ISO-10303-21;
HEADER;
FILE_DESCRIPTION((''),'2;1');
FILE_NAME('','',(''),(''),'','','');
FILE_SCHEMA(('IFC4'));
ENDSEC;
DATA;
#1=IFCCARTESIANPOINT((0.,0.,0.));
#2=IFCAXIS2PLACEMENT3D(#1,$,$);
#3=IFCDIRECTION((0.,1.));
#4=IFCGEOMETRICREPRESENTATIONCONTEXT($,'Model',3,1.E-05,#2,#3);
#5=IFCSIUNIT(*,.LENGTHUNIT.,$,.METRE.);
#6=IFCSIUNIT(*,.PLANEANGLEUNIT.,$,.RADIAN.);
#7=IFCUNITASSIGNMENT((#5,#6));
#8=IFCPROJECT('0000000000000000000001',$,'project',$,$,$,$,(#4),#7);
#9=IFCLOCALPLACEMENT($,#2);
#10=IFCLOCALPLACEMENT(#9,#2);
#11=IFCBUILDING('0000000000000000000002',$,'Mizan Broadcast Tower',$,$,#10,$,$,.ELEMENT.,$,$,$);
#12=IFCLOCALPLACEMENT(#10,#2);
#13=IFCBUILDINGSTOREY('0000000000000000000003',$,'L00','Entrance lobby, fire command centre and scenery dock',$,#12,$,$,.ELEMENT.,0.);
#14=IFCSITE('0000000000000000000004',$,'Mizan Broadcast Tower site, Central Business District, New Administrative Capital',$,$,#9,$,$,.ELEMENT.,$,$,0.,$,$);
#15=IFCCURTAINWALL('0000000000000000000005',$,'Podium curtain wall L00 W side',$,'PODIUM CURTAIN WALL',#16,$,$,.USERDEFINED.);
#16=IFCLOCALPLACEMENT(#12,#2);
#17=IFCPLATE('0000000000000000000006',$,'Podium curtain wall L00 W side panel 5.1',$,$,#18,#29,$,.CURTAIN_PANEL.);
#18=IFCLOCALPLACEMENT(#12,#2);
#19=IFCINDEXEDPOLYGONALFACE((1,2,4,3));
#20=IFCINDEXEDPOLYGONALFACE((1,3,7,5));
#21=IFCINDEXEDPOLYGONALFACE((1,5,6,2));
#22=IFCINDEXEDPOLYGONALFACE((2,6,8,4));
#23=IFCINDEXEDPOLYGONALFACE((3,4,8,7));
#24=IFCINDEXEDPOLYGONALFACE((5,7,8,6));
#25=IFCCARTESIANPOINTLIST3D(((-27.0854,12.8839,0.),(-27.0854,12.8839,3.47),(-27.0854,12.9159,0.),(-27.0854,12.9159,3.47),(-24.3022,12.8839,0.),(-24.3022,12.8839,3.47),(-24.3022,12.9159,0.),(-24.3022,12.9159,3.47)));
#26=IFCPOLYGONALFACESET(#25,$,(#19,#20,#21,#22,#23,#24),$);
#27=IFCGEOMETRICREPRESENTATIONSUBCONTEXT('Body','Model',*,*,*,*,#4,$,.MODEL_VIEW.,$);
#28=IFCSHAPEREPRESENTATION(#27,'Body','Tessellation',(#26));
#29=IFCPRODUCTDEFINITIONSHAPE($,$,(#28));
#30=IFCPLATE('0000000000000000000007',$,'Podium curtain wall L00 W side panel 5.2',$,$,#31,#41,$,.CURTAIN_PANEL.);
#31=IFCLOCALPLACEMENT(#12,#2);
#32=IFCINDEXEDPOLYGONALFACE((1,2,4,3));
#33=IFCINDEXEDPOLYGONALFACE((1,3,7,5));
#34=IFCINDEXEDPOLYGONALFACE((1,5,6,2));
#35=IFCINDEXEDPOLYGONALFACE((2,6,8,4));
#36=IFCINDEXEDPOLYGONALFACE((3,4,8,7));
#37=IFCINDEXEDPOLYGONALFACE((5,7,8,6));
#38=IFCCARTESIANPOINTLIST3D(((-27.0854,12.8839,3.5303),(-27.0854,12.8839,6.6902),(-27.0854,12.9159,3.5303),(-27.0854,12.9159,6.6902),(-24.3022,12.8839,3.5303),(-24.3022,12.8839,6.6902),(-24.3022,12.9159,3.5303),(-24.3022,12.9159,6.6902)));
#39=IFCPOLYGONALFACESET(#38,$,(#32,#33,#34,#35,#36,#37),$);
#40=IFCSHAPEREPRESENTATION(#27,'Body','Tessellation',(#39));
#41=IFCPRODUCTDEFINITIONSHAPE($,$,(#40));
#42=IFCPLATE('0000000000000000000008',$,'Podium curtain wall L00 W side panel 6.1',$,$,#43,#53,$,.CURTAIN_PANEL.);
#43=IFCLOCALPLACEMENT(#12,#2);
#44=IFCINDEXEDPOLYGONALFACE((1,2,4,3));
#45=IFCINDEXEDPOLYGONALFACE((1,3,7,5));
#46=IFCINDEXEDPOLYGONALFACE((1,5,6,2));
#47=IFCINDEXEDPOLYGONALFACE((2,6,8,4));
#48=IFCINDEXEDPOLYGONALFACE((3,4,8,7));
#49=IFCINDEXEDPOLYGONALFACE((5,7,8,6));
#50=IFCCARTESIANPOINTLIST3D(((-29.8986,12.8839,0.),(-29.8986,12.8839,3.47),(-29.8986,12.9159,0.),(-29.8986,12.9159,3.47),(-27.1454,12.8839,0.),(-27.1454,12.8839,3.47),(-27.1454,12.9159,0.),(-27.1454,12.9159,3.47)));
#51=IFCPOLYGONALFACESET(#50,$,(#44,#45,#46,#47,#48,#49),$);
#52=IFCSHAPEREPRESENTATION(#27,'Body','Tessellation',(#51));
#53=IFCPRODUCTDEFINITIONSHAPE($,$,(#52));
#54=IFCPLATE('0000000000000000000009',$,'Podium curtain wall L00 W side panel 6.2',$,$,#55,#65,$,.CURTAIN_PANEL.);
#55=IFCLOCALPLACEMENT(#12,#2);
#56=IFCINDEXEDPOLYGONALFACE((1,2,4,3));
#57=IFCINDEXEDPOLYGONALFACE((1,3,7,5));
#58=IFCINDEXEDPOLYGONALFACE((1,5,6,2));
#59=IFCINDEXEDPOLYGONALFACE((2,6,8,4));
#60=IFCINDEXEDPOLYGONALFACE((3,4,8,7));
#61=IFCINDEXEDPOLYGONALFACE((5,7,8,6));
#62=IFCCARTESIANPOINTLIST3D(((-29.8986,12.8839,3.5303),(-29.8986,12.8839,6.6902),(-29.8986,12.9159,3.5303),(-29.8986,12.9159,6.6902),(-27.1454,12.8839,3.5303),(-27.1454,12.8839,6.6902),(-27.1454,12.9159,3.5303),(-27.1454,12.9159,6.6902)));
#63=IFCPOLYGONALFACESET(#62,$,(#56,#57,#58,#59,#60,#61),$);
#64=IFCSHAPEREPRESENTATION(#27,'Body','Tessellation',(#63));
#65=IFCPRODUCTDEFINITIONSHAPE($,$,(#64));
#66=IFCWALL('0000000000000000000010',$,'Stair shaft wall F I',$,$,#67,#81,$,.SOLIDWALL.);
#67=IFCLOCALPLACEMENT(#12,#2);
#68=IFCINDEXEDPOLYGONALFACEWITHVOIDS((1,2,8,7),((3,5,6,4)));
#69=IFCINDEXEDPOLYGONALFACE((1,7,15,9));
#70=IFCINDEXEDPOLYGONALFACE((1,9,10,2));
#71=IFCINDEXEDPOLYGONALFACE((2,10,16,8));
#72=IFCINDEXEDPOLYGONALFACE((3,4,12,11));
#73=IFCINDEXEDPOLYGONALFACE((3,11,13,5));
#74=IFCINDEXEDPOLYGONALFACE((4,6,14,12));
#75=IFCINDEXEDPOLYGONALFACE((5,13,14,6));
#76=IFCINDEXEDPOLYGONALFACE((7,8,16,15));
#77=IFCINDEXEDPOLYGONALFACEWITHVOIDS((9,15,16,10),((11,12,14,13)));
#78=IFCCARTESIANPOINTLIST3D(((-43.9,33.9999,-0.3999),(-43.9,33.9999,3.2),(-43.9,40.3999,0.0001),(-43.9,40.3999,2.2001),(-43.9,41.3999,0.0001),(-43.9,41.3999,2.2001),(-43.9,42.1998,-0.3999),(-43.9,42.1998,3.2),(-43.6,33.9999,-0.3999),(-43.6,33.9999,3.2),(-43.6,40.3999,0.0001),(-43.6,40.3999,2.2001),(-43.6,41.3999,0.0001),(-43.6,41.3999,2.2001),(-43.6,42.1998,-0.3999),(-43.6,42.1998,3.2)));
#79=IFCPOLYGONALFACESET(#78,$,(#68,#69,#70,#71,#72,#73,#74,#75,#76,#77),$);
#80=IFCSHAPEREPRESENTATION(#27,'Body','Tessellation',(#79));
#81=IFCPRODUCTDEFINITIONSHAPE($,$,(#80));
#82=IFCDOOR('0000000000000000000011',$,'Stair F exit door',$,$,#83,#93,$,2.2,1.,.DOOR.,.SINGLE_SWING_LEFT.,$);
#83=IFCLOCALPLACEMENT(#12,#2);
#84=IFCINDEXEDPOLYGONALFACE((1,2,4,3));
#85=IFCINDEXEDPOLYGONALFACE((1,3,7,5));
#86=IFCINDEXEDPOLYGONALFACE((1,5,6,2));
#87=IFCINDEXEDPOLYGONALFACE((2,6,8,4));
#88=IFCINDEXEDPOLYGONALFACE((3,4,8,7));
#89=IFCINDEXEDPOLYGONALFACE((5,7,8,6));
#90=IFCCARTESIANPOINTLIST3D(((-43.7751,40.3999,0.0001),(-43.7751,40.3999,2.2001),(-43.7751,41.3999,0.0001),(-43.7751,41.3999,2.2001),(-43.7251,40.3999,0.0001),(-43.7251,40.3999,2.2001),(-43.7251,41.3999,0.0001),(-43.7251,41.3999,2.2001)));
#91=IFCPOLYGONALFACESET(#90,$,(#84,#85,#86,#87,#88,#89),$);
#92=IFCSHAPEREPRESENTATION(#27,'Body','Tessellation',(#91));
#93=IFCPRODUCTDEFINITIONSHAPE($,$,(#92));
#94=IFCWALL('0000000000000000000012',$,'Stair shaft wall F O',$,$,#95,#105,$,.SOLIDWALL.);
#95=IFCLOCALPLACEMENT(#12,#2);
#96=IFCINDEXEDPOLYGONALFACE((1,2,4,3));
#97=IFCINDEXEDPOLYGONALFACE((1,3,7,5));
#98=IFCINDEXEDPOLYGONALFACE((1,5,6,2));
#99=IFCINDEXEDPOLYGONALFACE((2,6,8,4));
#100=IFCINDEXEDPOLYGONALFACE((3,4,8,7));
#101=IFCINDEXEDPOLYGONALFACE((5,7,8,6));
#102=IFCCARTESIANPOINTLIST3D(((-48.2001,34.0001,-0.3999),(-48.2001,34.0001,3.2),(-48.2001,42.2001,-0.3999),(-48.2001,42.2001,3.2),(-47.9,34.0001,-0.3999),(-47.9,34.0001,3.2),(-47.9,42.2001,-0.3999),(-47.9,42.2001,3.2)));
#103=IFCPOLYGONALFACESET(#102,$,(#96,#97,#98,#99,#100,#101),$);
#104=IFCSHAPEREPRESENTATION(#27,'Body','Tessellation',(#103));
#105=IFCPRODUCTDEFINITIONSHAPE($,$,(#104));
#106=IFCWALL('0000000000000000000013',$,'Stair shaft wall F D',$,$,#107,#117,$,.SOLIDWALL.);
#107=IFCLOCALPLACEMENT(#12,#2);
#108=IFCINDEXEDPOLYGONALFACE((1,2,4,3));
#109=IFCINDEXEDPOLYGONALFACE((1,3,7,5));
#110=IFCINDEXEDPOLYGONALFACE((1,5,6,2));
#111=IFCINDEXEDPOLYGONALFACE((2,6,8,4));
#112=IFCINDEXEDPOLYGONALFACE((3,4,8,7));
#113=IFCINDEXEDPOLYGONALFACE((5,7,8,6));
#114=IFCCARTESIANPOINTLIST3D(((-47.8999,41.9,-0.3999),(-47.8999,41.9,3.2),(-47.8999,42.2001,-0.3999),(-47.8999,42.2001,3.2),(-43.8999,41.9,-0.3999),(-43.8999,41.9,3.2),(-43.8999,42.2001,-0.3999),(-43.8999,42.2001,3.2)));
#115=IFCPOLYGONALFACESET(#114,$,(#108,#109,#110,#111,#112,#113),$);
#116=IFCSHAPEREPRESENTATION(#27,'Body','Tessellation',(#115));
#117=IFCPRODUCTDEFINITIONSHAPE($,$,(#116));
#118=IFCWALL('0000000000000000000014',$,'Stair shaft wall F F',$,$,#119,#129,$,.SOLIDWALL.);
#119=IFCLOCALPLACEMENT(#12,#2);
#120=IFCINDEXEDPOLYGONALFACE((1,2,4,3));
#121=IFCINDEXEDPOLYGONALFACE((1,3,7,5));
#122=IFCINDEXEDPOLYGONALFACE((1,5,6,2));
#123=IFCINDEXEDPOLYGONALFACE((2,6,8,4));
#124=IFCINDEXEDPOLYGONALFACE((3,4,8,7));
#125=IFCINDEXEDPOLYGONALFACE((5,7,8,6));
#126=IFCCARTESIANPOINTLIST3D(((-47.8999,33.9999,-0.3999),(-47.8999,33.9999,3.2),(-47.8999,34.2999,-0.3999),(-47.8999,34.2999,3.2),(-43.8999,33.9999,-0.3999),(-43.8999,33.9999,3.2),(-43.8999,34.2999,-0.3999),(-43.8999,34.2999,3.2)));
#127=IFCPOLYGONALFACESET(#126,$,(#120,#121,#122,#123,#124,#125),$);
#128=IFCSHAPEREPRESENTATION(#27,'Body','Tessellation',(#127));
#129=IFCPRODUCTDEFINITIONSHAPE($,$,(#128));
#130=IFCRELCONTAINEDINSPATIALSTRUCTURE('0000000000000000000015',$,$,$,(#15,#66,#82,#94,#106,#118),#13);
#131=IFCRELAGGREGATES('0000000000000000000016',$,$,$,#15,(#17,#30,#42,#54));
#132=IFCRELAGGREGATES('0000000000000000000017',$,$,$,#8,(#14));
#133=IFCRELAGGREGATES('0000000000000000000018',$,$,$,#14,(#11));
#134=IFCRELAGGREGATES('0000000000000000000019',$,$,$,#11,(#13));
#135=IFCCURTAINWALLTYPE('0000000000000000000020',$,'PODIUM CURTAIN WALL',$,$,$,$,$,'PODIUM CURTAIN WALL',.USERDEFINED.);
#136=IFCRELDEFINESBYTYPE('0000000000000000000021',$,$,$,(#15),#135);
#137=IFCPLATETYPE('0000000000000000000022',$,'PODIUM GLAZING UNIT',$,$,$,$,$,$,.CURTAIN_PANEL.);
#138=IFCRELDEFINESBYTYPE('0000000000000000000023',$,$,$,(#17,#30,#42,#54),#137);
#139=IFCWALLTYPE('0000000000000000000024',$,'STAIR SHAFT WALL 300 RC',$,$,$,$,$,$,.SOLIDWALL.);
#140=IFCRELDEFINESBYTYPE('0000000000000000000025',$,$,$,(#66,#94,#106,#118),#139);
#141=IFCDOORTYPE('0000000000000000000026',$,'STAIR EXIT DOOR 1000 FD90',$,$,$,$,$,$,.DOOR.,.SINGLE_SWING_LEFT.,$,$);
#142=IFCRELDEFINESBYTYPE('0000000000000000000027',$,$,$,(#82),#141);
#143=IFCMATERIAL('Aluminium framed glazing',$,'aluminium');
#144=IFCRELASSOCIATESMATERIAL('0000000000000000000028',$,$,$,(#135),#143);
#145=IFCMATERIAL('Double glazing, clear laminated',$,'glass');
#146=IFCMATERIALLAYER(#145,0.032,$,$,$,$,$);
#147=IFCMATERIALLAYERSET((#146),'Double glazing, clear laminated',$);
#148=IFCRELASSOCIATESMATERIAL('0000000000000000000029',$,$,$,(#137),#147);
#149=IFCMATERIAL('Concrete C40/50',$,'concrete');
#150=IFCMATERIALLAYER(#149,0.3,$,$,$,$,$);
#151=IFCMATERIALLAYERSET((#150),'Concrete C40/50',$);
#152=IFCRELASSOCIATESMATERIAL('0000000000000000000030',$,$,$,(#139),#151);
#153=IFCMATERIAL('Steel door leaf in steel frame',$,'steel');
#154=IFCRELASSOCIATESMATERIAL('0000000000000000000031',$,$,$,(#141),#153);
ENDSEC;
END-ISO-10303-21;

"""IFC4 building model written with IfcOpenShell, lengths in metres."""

from ifc_helpers import new_model, si_unit, direction, frame, frame_2d, origin, origin_2d, place, context, subcontext, project, spatial, rectangle, extrude, material, layer, layer_set, type_object, element, fill, aggregate, save


model = new_model("IFC4")

# Units and contexts
model_context = context("Model", 3, precision=1e-05, world=origin(), true_north=direction((0.0, 1.0)))
body_context = subcontext(model_context, "Body", "Model", "MODEL_VIEW")
ifc_project = project(units=[si_unit("LENGTHUNIT", "METRE"), si_unit("PLANEANGLEUNIT", "RADIAN")], contexts=[model_context])

# Site, building, storey
site_placement = place(None, origin())
site = spatial("IfcSite", under=ifc_project, at=site_placement, Name="Mizan Broadcast Tower site, Central Business District, New Administrative Capital", CompositionType="ELEMENT", RefElevation=0.0)
building_placement = place(site_placement, origin())
building = spatial("IfcBuilding", under=site, at=building_placement, Name="Mizan Broadcast Tower", CompositionType="ELEMENT")
storey_placement = place(building_placement, origin())
storey = spatial("IfcBuildingStorey", under=building, at=storey_placement, Name="L00", Description="Entrance lobby, fire command centre and scenery dock", CompositionType="ELEMENT", Elevation=0.0)

# Shared definitions
ifc_material_1 = material(Name="Aluminium framed glazing", Category="aluminium")
curtain_wall_type = type_object("IfcCurtainWallType", Name="PODIUM CURTAIN WALL", ElementType="PODIUM CURTAIN WALL", PredefinedType="USERDEFINED", material=ifc_material_1)

# Curtain wall
curtain_wall_1_placement = place(storey_placement, origin())
curtain_wall_1 = element("IfcCurtainWall", 1, at=curtain_wall_1_placement, inside=storey, type_object=curtain_wall_type, Name="Podium curtain wall L00 W side", ObjectType="PODIUM CURTAIN WALL", PredefinedType="USERDEFINED")

# Plates
ifc_material_2 = material(Name="Double glazing, clear laminated", Category="glass")
ifc_layer_1 = layer(ifc_material_2, 0.032)
ifc_layer_set_1 = layer_set([ifc_layer_1], Name="Double glazing, clear laminated")
plate_type = type_object("IfcPlateType", Name="PODIUM GLAZING UNIT", PredefinedType="CURTAIN_PANEL", material=ifc_layer_set_1)
plate_1_placement = place(storey_placement, frame((-25.6938, 12.8999, 0.0), z_axis=(0.0, 0.0, 1.0), x_axis=(-1.0, 0.0, 0.0)))
plate_1 = element("IfcPlate", 2, at=plate_1_placement, type_object=plate_type, Name="Podium curtain wall L00 W side panel 5.1", PredefinedType="CURTAIN_PANEL", context=body_context, shape_type="SweptSolid", body=[
    extrude(rectangle(XDim=2.7832, YDim=0.032, at=origin_2d()), origin(), (0.0, 0.0, 1.0), 3.47),
])
plate_2_placement = place(storey_placement, frame((-25.6938, 12.8999, 3.5303), z_axis=(0.0, 0.0, 1.0), x_axis=(-1.0, 0.0, 0.0)))
plate_2 = element("IfcPlate", 3, at=plate_2_placement, type_object=plate_type, Name="Podium curtain wall L00 W side panel 5.2", PredefinedType="CURTAIN_PANEL", context=body_context, shape_type="SweptSolid", body=[
    extrude(rectangle(XDim=2.7832, YDim=0.032, at=origin_2d()), origin(), (0.0, 0.0, 1.0), 3.1599),
])
plate_3_placement = place(storey_placement, frame((-28.522, 12.8999, 0.0), z_axis=(0.0, 0.0, 1.0), x_axis=(-1.0, 0.0, 0.0)))
plate_3 = element("IfcPlate", 4, at=plate_3_placement, type_object=plate_type, Name="Podium curtain wall L00 W side panel 6.1", PredefinedType="CURTAIN_PANEL", context=body_context, shape_type="SweptSolid", body=[
    extrude(rectangle(XDim=2.7532, YDim=0.032, at=origin_2d()), origin(), (0.0, 0.0, 1.0), 3.47),
])
plate_4_placement = place(storey_placement, frame((-28.522, 12.8999, 3.5303), z_axis=(0.0, 0.0, 1.0), x_axis=(-1.0, 0.0, 0.0)))
plate_4 = element("IfcPlate", 5, at=plate_4_placement, type_object=plate_type, Name="Podium curtain wall L00 W side panel 6.2", PredefinedType="CURTAIN_PANEL", context=body_context, shape_type="SweptSolid", body=[
    extrude(rectangle(XDim=2.7532, YDim=0.032, at=origin_2d()), origin(), (0.0, 0.0, 1.0), 3.1599),
])
aggregate(curtain_wall_1, [plate_1, plate_2, plate_3, plate_4])

# Wall, opening, door
ifc_material_3 = material(Name="Concrete C40/50", Category="concrete")
ifc_layer_2 = layer(ifc_material_3, 0.3)
ifc_layer_set_2 = layer_set([ifc_layer_2], Name="Concrete C40/50")
wall_type = type_object("IfcWallType", Name="STAIR SHAFT WALL 300 RC", PredefinedType="SOLIDWALL", material=ifc_layer_set_2)
wall_1_placement = place(storey_placement, frame((-43.75, 42.2, -0.3999), z_axis=(0.0, 0.0, 1.0), x_axis=(0.0, -1.0, 0.0)))
wall_1 = element("IfcWall", 6, at=wall_1_placement, inside=storey, type_object=wall_type, Name="Stair shaft wall F I", PredefinedType="SOLIDWALL", context=body_context, shape_type="SweptSolid", body=[
    extrude(rectangle(XDim=8.2, YDim=0.3, at=frame_2d((4.1001, 0.0))), origin(), (0.0, 0.0, 1.0), 3.5999),
])
opening_placement = place(wall_1_placement, frame((0.8, 0.0, 0.3999)))
opening = element("IfcOpeningElement", 7, at=opening_placement, cuts=wall_1, PredefinedType="OPENING", context=body_context, shape_type="SweptSolid", body=[
    extrude(rectangle(XDim=1.0, YDim=2.2, at=frame_2d((0.5, 1.1001))), frame((0.0, 0.1599, 0.0), z_axis=(0.0, -1.0, 0.0), x_axis=(1.0, 0.0, 0.0)), (0.0, 0.0, 1.0), 0.3201),
])
ifc_material_4 = material(Name="Steel door leaf in steel frame", Category="steel")
door_type = type_object("IfcDoorType", Name="STAIR EXIT DOOR 1000 FD90", OperationType="SINGLE_SWING_LEFT", PredefinedType="DOOR", material=ifc_material_4)
door_placement = place(opening_placement, origin())
door = element("IfcDoor", 8, at=door_placement, inside=storey, type_object=door_type, Name="Stair F exit door", OperationType="SINGLE_SWING_LEFT", OverallHeight=2.2, OverallWidth=1.0, PredefinedType="DOOR", context=body_context, shape_type="SweptSolid", body=[
    extrude(rectangle(XDim=1.0, YDim=2.2, at=frame_2d((0.5, 1.1001))), frame((0.0, 0.0249, 0.0), z_axis=(0.0, -1.0, 0.0), x_axis=(1.0, 0.0, 0.0)), (0.0, 0.0, 1.0), 0.05),
])
fill(opening, door)

# Walls
wall_2_placement = place(storey_placement, frame((-48.05, 34.0, -0.3999), z_axis=(0.0, 0.0, 1.0), x_axis=(0.0, 1.0, 0.0)))
element("IfcWall", 9, at=wall_2_placement, inside=storey, type_object=wall_type, Name="Stair shaft wall F O", PredefinedType="SOLIDWALL", context=body_context, shape_type="SweptSolid", body=[
    extrude(rectangle(XDim=8.2, YDim=0.3, at=frame_2d((4.1001, 0.0))), origin(), (0.0, 0.0, 1.0), 3.5999),
])
for number, where, z_axis, x_axis, name in (
    (10, (-43.8999, 42.05, -0.3999), (0.0, 0.0, 1.0), (-1.0, 0.0, 0.0), "Stair shaft wall F D"),
    (11, (-47.8999, 34.1499, -0.3999), (0.0, 0.0, 1.0), (1.0, 0.0, 0.0), "Stair shaft wall F F"),
):
    element("IfcWall", number, at=place(storey_placement, frame(where, z_axis=z_axis, x_axis=x_axis)), inside=storey, type_object=wall_type, Name=name, PredefinedType="SOLIDWALL", context=body_context, shape_type="SweptSolid", body=[
        extrude(rectangle(XDim=4.0, YDim=0.3, at=frame_2d((2.0, 0.0))), origin(), (0.0, 0.0, 1.0), 3.5999),
    ])

save(model, "model.ifc")
